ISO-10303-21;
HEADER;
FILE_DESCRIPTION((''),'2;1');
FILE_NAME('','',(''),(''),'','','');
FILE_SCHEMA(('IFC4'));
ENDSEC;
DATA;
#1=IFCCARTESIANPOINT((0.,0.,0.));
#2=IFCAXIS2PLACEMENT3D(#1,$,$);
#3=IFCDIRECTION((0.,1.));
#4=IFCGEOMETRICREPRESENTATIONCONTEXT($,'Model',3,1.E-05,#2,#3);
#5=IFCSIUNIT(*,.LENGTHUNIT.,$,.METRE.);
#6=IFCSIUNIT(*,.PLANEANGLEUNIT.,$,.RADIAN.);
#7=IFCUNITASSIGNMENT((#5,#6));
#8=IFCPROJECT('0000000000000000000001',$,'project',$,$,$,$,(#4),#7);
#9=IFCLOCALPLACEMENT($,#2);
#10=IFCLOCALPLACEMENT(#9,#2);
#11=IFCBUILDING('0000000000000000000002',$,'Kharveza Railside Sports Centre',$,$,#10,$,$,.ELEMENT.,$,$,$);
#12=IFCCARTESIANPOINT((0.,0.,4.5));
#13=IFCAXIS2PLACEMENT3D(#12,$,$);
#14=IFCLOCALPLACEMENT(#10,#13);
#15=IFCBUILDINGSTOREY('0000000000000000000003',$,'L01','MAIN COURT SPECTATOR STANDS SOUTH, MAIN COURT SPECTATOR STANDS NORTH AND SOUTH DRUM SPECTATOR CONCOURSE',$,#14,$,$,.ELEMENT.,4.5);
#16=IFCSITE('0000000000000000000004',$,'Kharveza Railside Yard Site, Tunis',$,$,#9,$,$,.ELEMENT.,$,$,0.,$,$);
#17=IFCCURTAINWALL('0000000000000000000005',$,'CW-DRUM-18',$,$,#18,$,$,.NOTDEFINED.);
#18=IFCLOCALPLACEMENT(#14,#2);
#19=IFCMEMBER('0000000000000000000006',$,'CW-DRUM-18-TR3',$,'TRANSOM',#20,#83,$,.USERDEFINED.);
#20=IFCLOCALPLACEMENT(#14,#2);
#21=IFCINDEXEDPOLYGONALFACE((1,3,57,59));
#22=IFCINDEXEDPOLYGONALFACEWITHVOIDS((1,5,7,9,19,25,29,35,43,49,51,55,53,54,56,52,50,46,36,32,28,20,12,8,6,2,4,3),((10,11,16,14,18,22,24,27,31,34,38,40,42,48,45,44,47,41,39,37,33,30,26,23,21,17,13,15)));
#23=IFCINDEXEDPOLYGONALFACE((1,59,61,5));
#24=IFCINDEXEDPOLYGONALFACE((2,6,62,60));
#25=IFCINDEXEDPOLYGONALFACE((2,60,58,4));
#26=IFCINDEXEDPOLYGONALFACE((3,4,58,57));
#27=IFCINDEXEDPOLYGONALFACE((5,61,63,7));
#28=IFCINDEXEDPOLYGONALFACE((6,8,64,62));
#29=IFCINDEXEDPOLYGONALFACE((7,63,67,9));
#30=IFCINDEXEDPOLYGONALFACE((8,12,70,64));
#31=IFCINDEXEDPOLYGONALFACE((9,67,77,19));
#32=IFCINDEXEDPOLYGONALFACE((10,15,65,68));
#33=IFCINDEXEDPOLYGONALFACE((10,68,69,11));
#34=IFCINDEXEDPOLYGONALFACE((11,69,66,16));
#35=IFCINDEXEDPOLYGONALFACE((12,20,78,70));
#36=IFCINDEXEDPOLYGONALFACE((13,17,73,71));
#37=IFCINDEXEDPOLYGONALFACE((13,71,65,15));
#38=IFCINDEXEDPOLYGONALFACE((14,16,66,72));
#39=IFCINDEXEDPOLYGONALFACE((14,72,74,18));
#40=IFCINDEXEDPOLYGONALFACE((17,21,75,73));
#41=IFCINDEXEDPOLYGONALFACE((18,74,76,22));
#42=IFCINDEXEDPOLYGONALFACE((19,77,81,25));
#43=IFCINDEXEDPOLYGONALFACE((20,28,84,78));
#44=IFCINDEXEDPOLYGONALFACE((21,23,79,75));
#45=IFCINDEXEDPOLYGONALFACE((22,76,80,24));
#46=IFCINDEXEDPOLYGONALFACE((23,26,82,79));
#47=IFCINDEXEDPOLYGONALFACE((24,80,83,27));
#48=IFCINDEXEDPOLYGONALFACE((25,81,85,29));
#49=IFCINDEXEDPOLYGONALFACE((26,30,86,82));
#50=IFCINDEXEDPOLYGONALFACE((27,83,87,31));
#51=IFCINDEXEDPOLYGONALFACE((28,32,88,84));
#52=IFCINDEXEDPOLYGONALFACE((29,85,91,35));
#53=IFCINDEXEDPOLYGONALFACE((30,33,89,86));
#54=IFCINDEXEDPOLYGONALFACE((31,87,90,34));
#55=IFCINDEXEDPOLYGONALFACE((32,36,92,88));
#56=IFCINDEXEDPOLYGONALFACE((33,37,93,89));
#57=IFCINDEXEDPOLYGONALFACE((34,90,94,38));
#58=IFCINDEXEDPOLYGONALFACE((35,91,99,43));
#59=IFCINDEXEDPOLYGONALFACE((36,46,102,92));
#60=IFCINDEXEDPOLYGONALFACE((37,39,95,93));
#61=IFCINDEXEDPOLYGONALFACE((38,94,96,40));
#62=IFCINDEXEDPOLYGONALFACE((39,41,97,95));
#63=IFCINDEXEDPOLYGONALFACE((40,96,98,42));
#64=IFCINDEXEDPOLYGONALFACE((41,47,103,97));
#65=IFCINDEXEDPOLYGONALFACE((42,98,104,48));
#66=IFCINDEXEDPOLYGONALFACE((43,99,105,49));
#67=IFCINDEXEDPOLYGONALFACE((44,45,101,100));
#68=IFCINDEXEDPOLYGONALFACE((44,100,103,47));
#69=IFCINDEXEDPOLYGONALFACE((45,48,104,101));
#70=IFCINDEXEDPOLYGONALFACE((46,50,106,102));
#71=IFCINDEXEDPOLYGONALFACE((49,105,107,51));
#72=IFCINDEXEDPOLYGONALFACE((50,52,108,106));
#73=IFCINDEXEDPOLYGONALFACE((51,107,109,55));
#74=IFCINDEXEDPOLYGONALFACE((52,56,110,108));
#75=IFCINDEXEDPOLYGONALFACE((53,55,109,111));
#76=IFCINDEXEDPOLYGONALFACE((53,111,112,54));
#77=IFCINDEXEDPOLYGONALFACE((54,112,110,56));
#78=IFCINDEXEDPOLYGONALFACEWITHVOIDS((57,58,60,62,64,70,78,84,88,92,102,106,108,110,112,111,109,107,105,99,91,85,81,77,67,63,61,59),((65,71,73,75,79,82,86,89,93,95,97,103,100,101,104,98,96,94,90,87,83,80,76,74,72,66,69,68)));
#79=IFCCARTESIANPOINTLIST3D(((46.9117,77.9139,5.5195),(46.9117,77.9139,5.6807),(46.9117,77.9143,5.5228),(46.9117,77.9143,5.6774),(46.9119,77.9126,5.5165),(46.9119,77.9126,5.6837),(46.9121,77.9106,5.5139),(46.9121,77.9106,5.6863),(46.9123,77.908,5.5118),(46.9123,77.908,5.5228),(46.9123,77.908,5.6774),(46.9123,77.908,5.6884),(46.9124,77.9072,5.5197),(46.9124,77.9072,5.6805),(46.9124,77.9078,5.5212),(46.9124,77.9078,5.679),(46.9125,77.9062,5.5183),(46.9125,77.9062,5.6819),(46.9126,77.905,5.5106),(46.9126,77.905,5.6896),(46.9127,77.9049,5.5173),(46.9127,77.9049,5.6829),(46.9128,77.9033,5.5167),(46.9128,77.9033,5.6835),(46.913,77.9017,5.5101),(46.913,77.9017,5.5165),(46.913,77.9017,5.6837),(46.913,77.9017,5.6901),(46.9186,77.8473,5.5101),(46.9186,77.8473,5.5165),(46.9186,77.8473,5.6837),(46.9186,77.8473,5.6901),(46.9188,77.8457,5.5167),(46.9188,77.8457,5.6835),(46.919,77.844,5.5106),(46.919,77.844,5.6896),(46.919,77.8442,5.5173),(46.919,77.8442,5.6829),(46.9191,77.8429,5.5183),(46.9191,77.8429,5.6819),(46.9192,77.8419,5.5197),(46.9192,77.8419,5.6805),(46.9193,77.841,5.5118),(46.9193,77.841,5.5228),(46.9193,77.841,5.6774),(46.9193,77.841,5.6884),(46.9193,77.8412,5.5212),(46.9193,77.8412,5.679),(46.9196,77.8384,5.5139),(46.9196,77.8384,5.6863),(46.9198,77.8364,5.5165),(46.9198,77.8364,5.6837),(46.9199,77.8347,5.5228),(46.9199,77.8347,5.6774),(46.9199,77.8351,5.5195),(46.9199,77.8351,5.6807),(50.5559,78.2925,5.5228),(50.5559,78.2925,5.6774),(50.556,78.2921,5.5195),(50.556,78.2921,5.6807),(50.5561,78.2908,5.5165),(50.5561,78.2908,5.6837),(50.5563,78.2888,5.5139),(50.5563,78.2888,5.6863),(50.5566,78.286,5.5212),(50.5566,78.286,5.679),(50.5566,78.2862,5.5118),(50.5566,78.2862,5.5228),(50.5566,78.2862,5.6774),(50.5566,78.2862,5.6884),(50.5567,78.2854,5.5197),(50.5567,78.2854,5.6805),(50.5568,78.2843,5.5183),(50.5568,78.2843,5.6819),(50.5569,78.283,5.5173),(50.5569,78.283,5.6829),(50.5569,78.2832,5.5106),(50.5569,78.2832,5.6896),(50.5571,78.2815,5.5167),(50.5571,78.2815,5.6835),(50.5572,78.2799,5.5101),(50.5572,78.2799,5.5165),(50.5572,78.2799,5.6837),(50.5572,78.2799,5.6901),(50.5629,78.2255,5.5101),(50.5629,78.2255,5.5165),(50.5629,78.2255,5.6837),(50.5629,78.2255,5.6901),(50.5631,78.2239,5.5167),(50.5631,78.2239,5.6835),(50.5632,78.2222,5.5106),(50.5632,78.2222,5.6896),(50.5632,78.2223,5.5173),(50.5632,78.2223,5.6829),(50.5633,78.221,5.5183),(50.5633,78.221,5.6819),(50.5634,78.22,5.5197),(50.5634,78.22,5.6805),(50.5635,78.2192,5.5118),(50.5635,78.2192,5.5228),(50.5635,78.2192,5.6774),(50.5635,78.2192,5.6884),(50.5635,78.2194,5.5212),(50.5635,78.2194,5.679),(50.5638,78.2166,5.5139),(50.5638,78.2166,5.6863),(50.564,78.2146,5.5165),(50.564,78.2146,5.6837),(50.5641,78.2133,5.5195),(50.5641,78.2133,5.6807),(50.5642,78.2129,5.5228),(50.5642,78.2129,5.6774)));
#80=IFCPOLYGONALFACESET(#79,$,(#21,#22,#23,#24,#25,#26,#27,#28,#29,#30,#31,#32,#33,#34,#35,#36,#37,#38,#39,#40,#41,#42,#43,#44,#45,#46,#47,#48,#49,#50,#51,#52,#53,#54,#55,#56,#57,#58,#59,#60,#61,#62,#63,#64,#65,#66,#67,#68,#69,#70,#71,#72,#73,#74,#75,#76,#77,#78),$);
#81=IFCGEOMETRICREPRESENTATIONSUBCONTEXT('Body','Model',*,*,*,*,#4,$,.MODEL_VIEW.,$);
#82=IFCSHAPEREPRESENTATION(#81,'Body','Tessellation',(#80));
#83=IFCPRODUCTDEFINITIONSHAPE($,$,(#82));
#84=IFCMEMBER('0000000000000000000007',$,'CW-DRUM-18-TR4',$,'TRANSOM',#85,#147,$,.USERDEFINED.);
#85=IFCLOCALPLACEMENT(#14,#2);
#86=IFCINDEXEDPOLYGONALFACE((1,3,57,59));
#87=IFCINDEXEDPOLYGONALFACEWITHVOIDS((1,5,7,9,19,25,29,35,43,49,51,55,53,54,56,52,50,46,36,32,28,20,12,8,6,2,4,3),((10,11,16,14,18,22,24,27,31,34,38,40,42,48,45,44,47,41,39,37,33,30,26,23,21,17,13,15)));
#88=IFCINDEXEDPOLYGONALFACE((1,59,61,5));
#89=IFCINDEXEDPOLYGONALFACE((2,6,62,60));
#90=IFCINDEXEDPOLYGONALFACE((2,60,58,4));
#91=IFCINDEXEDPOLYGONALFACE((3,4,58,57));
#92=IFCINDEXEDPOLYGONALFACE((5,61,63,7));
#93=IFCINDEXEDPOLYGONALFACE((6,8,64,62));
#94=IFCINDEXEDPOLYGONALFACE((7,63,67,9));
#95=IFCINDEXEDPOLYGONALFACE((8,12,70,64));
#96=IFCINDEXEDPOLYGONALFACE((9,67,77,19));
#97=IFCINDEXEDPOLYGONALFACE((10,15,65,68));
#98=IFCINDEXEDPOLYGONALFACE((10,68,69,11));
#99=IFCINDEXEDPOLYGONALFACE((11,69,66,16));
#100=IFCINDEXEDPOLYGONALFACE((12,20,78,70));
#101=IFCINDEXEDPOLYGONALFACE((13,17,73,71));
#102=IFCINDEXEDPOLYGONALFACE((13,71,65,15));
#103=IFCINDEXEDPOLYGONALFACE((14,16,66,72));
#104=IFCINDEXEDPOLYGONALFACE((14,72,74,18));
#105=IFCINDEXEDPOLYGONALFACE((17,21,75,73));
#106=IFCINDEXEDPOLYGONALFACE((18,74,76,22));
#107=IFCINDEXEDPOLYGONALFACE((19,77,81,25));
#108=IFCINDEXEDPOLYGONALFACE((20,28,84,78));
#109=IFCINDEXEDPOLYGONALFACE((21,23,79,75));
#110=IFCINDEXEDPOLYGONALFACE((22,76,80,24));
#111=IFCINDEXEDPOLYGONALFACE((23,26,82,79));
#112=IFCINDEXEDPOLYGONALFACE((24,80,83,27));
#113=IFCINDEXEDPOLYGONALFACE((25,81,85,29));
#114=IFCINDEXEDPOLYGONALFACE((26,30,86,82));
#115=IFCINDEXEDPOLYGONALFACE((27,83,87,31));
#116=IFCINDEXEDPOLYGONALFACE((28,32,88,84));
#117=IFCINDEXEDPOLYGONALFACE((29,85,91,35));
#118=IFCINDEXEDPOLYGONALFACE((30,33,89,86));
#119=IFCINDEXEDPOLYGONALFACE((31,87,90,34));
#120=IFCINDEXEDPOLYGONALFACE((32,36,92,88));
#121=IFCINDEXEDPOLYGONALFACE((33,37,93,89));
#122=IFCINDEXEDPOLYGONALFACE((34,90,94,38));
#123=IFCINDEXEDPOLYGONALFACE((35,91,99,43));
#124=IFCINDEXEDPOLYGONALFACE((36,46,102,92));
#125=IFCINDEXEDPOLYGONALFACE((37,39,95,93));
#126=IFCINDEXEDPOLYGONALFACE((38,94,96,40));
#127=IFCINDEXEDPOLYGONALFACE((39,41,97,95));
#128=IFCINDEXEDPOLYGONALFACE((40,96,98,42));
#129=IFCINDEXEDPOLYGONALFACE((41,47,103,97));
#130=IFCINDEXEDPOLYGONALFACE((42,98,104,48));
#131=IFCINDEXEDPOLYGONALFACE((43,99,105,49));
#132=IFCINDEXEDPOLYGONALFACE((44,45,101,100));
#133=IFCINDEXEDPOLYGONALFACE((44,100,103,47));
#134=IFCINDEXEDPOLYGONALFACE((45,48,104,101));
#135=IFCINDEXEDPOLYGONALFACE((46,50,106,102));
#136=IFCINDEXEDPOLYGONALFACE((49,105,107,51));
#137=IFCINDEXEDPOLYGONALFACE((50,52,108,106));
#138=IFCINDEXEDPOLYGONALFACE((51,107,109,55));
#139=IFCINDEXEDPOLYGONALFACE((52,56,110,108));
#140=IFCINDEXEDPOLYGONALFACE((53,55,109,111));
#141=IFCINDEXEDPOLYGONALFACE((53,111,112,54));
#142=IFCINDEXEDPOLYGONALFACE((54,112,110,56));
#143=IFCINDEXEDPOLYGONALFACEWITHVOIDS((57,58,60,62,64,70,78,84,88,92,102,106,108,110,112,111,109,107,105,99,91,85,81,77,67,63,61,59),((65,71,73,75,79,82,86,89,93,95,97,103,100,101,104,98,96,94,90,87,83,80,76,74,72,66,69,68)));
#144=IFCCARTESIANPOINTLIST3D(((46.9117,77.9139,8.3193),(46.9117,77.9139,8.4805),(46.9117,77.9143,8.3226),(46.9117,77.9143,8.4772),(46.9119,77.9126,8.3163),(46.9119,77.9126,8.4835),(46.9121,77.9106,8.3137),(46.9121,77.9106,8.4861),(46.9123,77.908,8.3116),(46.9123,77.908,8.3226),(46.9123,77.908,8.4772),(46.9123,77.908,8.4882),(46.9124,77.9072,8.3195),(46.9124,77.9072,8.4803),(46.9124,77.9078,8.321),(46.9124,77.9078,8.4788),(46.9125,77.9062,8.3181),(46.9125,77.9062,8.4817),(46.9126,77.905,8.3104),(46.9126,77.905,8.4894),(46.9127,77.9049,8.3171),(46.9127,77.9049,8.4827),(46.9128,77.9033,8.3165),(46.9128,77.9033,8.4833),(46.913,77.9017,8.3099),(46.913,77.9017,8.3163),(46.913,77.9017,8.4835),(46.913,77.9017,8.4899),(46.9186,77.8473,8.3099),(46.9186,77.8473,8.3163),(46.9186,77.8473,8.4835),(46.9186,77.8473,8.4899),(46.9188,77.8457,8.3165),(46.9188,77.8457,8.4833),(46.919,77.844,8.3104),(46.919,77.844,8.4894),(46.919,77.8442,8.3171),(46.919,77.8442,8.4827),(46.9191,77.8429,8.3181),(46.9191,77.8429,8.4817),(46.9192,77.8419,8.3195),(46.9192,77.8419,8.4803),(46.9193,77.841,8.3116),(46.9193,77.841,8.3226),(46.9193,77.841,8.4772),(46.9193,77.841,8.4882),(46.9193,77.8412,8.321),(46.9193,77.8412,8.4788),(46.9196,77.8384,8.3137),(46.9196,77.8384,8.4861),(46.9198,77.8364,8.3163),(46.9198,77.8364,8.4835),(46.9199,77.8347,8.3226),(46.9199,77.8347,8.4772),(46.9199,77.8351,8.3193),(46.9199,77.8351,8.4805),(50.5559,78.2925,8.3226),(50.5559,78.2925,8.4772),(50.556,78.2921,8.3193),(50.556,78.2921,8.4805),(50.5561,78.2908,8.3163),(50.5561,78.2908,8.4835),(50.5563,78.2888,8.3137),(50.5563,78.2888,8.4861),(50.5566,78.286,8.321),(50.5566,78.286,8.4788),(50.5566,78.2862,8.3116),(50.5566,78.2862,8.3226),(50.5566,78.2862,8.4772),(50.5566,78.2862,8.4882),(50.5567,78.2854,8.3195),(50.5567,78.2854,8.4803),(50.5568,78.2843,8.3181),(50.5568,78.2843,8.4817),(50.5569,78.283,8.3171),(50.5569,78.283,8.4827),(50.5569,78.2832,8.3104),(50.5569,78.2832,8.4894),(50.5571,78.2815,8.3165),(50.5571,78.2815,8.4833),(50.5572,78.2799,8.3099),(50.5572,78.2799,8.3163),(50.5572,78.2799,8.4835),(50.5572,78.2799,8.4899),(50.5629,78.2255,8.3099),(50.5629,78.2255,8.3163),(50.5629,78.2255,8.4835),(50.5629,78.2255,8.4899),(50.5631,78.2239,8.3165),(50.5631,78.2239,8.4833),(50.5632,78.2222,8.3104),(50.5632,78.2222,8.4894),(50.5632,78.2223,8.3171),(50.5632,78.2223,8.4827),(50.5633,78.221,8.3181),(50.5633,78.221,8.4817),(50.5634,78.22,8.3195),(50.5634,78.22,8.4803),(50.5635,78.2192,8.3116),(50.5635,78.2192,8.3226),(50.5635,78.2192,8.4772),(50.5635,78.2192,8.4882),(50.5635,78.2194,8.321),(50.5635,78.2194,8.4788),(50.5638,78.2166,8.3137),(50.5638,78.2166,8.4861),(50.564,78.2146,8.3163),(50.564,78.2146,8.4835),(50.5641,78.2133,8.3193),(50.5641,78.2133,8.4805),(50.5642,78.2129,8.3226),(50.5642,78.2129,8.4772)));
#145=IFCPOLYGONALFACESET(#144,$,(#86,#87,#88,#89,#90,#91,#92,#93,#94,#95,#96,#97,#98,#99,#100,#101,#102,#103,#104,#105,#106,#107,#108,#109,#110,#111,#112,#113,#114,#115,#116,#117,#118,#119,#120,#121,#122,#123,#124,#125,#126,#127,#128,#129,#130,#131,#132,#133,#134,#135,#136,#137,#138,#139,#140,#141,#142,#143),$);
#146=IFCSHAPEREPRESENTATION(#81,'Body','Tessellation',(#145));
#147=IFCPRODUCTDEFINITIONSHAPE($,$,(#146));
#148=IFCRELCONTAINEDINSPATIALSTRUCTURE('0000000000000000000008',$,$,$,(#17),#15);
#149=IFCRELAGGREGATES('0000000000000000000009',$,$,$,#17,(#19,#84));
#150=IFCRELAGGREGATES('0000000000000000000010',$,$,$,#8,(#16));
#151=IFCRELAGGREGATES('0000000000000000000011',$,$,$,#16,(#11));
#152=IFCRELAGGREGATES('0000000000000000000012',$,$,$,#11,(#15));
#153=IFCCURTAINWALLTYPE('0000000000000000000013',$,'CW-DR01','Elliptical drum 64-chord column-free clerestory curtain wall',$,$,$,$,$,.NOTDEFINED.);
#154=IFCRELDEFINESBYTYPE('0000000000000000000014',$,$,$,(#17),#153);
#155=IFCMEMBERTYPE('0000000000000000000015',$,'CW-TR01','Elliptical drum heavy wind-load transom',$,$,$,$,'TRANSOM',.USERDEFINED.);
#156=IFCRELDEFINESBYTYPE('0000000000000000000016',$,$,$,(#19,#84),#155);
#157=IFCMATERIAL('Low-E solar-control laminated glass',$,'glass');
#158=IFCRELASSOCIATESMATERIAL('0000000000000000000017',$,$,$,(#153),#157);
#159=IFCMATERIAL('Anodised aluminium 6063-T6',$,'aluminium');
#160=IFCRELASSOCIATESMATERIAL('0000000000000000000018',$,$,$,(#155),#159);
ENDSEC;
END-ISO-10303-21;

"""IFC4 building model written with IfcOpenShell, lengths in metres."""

from ifc_helpers import new_model, si_unit, direction, frame, origin, origin_2d, place, context, subcontext, project, spatial, hollow_rectangle, extrude, material, material_profile, profile_set, type_object, element, aggregate, save


model = new_model("IFC4")

# Units and contexts
model_context = context("Model", 3, precision=1e-05, world=origin(), true_north=direction((0.0, 1.0)))
body_context = subcontext(model_context, "Body", "Model", "MODEL_VIEW")
ifc_project = project(units=[si_unit("LENGTHUNIT", "METRE"), si_unit("PLANEANGLEUNIT", "RADIAN")], contexts=[model_context])

# Site, building, storey
site_placement = place(None, origin())
site = spatial("IfcSite", under=ifc_project, at=site_placement, Name="Kharveza Railside Yard Site, Tunis", CompositionType="ELEMENT", RefElevation=0.0)
building_placement = place(site_placement, origin())
building = spatial("IfcBuilding", under=site, at=building_placement, Name="Kharveza Railside Sports Centre", CompositionType="ELEMENT")
storey_placement = place(building_placement, frame((0.0, 0.0, 4.5)))
storey = spatial("IfcBuildingStorey", under=building, at=storey_placement, Name="L01", Description="MAIN COURT SPECTATOR STANDS SOUTH, MAIN COURT SPECTATOR STANDS NORTH AND SOUTH DRUM SPECTATOR CONCOURSE", CompositionType="ELEMENT", Elevation=4.5)

# Curtain wall, members
ifc_material_1 = material(Name="Low-E solar-control laminated glass", Category="glass")
curtain_wall_type = type_object("IfcCurtainWallType", Name="CW-DR01", Description="Elliptical drum 64-chord column-free clerestory curtain wall", PredefinedType="NOTDEFINED", material=ifc_material_1)
ifc_material_2 = material(Name="Anodised aluminium 6063-T6", Category="aluminium")
curtain_wall_1_placement = place(storey_placement, origin())
curtain_wall_1 = element("IfcCurtainWall", 1, at=curtain_wall_1_placement, inside=storey, type_object=curtain_wall_type, Name="CW-DRUM-18", PredefinedType="NOTDEFINED")
ifc_material_profile_1 = material_profile(ifc_material_2, hollow_rectangle(XDim=0.0801, YDim=0.1799, WallThickness=0.0063, InnerFilletRadius=0.0063, OuterFilletRadius=0.0127, at=origin_2d()), Name="RHS 80x180x6.3")
ifc_profile_set_1 = profile_set([ifc_material_profile_1], Name="Anodised aluminium 6063-T6")
member_type_1 = type_object("IfcMemberType", Name="CW-TR01", Description="Elliptical drum heavy wind-load transom", ElementType="TRANSOM", PredefinedType="USERDEFINED", material=ifc_profile_set_1)
member_1_placement = place(storey_placement, frame((50.5601, 78.2527, 5.6001), z_axis=(-0.994659, -0.103217, 0.0), x_axis=(0.103217, -0.994659, 0.0)))
member_1 = element("IfcMember", 2, at=member_1_placement, type_object=member_type_1, Name="CW-DRUM-18-TR3", ObjectType="TRANSOM", PredefinedType="USERDEFINED", context=body_context, shape_type="SweptSolid", body=[
    extrude(hollow_rectangle(XDim=0.0801, YDim=0.1799, WallThickness=0.0063, InnerFilletRadius=0.0063, OuterFilletRadius=0.0127, at=origin_2d()), origin(), (0.0, 0.0, 1.0), 3.6638),
])
member_2_placement = place(storey_placement, frame((50.5601, 78.2527, 8.3999), z_axis=(-0.994659, -0.103217, 0.0), x_axis=(0.103217, -0.994659, 0.0)))
member_2 = element("IfcMember", 3, at=member_2_placement, type_object=member_type_1, Name="CW-DRUM-18-TR4", ObjectType="TRANSOM", PredefinedType="USERDEFINED", context=body_context, shape_type="SweptSolid", body=[
    extrude(hollow_rectangle(XDim=0.0801, YDim=0.1799, WallThickness=0.0063, InnerFilletRadius=0.0063, OuterFilletRadius=0.0127, at=origin_2d()), origin(), (0.0, 0.0, 1.0), 3.6638),
])

aggregate(curtain_wall_1, [member_1, member_2])

save(model, "model.ifc")
